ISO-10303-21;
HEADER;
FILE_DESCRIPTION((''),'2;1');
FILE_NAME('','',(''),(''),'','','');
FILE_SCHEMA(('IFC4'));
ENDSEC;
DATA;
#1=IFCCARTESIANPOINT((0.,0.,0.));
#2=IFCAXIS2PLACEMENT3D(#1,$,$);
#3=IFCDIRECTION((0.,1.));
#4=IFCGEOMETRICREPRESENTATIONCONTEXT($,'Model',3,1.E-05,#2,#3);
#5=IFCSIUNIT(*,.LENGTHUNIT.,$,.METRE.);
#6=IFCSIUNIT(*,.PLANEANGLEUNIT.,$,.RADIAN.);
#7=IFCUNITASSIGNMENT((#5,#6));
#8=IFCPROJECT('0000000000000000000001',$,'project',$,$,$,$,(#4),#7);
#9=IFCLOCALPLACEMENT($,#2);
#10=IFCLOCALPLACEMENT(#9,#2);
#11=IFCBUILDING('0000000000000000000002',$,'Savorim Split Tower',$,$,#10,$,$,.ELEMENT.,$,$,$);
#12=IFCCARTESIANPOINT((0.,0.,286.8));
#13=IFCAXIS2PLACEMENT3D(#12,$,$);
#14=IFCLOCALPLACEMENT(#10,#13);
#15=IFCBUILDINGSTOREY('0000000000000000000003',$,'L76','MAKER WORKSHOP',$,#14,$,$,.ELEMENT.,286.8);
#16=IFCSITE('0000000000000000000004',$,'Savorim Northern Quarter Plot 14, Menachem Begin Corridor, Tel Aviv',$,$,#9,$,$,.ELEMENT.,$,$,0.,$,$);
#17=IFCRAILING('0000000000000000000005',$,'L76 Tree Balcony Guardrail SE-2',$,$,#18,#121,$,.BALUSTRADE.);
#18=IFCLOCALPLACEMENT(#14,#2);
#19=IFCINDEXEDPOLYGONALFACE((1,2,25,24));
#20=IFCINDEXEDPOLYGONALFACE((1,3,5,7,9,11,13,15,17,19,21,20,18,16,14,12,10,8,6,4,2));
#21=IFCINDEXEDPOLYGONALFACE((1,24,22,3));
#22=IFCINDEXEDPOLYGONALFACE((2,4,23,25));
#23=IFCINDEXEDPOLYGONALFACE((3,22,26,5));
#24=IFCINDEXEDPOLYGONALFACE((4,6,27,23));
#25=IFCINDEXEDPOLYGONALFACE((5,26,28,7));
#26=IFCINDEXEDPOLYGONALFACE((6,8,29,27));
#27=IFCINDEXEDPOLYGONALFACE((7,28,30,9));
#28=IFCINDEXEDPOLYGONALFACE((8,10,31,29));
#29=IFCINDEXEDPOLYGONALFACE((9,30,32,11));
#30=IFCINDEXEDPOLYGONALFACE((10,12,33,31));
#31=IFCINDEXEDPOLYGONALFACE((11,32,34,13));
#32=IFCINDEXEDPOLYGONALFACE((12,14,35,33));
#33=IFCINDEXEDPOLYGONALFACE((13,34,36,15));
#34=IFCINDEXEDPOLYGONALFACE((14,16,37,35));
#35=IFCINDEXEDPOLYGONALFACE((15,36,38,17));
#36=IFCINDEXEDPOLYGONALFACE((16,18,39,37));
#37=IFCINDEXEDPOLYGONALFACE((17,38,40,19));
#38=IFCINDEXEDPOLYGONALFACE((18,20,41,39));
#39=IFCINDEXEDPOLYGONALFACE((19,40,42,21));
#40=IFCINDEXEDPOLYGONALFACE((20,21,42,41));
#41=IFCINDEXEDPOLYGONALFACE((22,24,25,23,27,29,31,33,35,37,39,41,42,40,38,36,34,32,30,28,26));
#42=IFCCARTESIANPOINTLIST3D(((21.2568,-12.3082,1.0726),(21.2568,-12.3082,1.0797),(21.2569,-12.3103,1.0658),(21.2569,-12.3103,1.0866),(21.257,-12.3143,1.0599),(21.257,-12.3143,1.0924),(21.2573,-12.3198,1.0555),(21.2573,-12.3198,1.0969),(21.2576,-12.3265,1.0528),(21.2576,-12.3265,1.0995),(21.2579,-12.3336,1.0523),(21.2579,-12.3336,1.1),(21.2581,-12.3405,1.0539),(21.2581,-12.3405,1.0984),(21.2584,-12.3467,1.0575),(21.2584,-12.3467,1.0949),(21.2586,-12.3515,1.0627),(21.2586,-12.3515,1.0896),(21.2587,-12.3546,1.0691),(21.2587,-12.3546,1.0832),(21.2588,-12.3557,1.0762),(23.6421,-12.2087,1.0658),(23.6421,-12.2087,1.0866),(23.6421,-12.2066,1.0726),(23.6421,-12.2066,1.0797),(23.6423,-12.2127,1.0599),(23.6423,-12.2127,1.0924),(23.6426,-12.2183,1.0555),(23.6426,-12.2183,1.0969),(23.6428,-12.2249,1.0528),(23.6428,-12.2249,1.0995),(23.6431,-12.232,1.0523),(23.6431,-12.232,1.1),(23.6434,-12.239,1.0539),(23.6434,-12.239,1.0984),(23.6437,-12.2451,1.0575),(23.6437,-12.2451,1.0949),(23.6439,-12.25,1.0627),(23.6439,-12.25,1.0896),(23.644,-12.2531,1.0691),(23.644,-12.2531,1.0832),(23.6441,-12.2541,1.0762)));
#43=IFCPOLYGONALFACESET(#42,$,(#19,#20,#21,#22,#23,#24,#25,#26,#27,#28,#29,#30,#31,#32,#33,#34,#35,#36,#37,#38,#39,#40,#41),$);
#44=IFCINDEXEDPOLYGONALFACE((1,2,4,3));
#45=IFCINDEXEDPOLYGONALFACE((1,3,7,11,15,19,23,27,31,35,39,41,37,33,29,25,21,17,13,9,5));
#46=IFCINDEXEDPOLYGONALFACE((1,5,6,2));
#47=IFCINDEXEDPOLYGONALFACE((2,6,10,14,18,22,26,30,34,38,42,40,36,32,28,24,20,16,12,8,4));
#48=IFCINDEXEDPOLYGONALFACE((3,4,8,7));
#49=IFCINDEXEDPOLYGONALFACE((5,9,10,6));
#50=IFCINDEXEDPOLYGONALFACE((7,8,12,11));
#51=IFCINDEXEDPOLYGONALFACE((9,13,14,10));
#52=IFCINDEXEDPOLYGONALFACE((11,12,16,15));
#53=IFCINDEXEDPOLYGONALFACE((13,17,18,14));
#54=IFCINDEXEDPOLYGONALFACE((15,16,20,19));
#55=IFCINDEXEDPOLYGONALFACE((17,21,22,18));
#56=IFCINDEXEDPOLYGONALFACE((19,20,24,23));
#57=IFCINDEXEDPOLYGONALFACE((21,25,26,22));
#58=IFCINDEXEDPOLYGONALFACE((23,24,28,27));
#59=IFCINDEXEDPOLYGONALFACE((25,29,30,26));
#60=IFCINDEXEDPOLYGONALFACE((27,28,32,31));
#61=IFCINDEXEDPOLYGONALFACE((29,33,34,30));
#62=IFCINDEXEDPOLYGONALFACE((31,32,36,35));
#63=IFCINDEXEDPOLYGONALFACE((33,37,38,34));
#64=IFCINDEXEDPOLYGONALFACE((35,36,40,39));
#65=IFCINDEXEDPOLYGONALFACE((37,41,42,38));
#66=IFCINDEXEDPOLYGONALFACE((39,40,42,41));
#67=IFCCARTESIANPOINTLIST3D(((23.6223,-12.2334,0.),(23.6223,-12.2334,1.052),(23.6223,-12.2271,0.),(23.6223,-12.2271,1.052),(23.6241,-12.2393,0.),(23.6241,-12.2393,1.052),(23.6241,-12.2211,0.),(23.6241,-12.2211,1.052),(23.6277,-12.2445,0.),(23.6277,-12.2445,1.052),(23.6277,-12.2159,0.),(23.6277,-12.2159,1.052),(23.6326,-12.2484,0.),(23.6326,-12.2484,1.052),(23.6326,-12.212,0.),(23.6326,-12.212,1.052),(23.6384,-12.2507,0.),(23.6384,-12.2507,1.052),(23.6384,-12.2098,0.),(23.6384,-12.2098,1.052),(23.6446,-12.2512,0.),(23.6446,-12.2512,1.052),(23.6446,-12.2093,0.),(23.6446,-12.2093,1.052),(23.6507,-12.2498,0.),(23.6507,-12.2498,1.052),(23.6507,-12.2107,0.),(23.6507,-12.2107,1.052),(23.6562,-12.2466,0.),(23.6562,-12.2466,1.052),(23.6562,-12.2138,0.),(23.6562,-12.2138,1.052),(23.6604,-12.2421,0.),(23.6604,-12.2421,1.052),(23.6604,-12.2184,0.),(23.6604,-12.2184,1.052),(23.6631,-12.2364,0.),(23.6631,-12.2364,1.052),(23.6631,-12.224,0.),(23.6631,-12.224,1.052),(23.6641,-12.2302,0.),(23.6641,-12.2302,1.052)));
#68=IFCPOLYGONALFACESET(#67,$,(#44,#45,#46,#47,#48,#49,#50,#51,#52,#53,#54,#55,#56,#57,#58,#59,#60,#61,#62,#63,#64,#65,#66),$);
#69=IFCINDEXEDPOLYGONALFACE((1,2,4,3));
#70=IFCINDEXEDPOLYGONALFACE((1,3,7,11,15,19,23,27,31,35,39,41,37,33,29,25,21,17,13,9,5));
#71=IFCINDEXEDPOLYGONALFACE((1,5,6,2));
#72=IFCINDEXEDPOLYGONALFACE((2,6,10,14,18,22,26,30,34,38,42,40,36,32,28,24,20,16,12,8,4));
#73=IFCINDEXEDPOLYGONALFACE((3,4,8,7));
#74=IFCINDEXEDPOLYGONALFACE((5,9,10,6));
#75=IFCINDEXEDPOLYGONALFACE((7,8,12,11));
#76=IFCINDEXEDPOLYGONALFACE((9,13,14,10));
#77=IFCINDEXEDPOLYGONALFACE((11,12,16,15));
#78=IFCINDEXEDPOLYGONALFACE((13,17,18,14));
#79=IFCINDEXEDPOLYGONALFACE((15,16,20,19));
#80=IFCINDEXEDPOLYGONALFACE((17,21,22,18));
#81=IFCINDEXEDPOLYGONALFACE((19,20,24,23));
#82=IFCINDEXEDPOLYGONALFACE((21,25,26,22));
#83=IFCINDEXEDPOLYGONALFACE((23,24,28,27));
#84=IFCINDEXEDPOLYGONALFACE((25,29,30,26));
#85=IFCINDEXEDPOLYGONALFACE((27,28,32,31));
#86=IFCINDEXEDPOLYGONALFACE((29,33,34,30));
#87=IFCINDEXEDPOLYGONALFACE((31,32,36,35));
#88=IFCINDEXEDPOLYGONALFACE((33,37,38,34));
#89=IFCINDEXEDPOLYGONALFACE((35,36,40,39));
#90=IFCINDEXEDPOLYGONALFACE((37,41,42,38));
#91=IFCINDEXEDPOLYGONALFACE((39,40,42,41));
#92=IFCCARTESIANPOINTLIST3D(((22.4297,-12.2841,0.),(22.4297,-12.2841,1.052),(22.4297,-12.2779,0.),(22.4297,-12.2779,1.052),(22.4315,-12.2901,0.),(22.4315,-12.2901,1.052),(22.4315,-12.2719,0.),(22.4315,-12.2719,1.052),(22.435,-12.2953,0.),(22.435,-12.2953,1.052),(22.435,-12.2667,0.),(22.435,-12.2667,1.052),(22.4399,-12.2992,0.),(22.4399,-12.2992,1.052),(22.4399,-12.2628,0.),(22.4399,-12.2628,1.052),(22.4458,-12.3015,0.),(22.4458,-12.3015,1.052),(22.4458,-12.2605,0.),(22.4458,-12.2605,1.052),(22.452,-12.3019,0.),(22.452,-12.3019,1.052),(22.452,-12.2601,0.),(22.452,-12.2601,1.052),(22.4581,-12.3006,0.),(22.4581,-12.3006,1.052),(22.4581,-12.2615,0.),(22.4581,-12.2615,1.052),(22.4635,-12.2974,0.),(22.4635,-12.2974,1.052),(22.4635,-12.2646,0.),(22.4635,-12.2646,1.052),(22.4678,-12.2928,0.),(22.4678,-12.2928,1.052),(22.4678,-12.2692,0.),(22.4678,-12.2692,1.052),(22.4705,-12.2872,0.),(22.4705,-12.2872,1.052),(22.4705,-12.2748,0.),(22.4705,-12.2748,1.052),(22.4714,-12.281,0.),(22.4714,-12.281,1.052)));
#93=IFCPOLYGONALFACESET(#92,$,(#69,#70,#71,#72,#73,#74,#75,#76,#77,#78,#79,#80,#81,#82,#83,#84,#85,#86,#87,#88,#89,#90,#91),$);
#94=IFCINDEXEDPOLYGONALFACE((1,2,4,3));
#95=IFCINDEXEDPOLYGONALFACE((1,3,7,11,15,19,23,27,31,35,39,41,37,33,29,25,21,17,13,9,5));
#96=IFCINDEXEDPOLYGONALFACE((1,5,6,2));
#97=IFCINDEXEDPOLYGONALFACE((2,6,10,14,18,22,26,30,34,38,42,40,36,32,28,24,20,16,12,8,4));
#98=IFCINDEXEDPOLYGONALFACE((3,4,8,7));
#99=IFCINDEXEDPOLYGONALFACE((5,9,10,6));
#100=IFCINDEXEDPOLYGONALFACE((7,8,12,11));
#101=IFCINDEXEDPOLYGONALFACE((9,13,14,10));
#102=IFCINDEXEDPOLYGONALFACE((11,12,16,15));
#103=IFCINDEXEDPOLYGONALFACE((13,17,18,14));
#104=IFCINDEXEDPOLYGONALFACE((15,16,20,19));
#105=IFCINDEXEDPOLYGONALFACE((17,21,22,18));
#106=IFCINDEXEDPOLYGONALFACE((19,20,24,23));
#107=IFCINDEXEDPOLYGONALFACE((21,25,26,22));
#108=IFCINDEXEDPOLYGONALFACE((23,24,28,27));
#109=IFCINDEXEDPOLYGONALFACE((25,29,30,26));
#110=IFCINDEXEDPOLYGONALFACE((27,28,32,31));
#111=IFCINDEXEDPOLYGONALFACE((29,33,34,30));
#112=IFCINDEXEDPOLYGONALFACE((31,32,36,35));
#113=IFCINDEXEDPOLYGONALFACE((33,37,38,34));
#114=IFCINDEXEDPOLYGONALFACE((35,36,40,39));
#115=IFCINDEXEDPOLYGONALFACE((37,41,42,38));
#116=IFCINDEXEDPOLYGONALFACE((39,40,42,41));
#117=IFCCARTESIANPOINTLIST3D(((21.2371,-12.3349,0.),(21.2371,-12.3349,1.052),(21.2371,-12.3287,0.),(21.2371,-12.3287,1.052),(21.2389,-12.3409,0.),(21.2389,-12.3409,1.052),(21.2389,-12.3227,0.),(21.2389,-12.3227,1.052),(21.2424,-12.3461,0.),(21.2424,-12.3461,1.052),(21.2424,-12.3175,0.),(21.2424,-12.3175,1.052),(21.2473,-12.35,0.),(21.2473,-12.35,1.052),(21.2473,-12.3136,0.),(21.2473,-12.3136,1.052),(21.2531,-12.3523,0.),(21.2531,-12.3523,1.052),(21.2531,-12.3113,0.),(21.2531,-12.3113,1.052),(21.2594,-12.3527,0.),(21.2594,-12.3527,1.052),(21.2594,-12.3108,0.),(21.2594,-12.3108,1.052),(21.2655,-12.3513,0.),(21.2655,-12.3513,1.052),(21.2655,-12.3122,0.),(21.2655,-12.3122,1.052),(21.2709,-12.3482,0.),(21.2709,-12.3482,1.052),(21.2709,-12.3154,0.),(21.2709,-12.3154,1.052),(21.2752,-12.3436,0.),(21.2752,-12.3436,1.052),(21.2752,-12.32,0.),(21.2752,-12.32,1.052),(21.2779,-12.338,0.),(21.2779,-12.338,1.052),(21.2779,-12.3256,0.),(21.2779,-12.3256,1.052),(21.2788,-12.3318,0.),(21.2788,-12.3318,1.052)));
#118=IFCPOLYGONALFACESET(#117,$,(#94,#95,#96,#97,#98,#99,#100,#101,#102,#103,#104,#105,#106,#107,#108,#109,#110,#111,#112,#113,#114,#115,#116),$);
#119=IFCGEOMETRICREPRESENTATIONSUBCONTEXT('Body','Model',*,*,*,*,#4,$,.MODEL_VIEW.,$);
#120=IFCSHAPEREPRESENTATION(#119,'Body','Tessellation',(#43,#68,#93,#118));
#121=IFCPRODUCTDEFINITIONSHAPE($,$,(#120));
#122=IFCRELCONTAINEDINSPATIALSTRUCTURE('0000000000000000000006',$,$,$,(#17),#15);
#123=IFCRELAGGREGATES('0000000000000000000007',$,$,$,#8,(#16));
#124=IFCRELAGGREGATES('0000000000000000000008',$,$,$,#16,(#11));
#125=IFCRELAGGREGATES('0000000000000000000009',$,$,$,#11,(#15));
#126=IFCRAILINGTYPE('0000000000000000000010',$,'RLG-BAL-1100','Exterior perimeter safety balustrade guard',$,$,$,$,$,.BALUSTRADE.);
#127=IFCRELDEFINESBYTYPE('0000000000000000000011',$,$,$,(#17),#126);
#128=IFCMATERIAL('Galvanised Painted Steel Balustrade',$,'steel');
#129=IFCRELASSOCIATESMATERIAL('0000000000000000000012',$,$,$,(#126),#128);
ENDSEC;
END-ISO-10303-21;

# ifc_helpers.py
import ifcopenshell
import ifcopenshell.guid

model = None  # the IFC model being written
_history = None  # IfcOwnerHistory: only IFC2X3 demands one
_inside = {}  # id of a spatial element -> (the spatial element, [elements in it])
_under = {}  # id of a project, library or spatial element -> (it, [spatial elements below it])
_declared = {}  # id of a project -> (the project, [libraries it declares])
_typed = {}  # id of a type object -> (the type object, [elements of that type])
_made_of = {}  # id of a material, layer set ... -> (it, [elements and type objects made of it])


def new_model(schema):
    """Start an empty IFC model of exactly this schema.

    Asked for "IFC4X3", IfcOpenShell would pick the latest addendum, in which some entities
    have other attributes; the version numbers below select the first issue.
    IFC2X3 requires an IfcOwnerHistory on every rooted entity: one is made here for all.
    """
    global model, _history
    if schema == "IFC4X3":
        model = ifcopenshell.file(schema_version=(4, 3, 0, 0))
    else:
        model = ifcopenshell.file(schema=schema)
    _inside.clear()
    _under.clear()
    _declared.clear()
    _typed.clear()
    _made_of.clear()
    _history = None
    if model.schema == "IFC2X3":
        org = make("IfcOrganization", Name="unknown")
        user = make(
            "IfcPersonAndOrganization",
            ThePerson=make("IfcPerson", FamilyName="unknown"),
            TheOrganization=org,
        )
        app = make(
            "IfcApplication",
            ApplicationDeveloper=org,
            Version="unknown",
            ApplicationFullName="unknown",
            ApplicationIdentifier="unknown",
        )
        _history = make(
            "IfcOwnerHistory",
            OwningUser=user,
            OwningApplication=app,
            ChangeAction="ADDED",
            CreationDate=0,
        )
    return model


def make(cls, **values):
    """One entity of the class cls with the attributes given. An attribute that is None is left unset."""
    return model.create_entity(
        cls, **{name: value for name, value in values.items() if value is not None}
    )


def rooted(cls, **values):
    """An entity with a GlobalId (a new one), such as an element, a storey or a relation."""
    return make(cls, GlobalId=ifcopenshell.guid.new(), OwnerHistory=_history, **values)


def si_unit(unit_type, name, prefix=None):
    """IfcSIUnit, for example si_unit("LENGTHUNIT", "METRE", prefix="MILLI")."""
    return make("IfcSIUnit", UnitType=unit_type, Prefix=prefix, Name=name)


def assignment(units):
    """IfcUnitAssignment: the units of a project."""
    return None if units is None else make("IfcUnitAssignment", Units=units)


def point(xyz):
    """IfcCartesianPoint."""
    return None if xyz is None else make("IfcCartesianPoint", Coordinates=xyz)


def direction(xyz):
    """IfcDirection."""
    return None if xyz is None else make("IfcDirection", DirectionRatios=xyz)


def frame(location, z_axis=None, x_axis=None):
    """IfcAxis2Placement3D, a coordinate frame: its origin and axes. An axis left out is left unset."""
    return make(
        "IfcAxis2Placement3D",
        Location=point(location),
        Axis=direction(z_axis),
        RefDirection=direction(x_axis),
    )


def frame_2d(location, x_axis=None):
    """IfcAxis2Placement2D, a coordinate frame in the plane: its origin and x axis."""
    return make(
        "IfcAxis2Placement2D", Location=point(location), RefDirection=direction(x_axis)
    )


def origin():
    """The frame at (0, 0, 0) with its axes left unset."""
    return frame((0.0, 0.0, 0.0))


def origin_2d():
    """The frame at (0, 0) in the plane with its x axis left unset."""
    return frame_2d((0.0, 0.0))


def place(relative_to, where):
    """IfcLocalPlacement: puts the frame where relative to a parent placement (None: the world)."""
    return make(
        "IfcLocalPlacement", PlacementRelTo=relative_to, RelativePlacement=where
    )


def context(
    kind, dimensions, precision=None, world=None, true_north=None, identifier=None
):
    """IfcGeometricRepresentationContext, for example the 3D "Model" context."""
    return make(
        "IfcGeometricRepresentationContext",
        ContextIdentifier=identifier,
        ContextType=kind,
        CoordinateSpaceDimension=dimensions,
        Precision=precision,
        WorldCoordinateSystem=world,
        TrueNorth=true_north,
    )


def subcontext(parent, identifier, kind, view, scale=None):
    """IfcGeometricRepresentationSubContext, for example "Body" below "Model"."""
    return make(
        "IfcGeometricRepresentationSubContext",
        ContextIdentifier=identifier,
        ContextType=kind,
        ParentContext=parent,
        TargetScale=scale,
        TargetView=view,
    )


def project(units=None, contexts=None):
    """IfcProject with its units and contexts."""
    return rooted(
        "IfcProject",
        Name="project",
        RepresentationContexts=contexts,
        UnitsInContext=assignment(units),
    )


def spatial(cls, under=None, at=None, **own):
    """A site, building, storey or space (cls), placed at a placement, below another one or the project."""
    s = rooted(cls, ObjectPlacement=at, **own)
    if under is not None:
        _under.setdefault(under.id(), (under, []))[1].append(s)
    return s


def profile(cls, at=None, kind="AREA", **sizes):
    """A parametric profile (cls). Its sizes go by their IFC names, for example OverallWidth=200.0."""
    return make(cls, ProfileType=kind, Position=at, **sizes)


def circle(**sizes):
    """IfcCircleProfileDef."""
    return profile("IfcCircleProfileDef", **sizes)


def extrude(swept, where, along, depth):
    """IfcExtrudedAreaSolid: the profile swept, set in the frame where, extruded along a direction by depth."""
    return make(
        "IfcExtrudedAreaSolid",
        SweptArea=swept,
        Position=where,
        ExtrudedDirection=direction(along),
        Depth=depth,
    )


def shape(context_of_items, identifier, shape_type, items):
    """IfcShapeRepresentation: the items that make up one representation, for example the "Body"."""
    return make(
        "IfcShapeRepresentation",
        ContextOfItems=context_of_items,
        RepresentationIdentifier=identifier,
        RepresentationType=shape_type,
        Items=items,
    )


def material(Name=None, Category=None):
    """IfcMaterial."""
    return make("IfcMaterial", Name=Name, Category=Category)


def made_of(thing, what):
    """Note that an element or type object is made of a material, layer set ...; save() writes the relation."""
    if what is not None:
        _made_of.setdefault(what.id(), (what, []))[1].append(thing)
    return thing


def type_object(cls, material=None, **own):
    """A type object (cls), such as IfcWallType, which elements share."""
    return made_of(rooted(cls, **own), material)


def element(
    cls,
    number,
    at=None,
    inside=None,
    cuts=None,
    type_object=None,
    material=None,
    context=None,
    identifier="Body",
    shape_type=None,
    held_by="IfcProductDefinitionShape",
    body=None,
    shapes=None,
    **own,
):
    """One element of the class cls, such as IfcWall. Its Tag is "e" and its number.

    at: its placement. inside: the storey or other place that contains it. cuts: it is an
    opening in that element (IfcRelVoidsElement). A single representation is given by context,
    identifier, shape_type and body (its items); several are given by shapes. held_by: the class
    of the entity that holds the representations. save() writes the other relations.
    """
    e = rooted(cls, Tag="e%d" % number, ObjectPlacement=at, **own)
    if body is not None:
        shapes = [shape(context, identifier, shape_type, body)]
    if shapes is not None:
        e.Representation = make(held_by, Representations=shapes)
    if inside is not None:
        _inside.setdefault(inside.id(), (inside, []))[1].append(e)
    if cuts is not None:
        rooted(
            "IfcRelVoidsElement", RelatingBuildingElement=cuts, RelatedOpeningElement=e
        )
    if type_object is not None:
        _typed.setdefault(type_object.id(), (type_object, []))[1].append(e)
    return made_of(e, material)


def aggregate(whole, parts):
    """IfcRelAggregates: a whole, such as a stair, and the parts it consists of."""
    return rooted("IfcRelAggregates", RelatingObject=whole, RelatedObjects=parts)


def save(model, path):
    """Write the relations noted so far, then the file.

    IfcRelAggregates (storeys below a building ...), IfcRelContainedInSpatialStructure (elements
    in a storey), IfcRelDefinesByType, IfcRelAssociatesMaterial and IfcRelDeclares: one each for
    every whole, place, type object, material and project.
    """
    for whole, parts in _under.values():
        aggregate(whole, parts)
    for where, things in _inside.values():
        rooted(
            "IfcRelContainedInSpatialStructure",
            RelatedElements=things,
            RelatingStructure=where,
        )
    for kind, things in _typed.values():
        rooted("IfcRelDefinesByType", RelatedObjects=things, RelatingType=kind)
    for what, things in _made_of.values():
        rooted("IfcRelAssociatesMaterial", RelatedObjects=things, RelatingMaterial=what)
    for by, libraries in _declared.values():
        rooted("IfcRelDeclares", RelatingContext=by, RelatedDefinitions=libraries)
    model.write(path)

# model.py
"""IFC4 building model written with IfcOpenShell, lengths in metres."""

from ifc_helpers import new_model, si_unit, direction, frame, origin, origin_2d, place, context, subcontext, project, spatial, circle, extrude, material, type_object, element, save


model = new_model("IFC4")

# Units and contexts
model_context = context("Model", 3, precision=1e-05, world=origin(), true_north=direction((0.0, 1.0)))
body_context = subcontext(model_context, "Body", "Model", "MODEL_VIEW")
ifc_project = project(units=[si_unit("LENGTHUNIT", "METRE"), si_unit("PLANEANGLEUNIT", "RADIAN")], contexts=[model_context])

# Site, building, storey
site_placement = place(None, origin())
site = spatial("IfcSite", under=ifc_project, at=site_placement, Name="Savorim Northern Quarter Plot 14, Menachem Begin Corridor, Tel Aviv", CompositionType="ELEMENT", RefElevation=0.0)
building_placement = place(site_placement, origin())
building = spatial("IfcBuilding", under=site, at=building_placement, Name="Savorim Split Tower", CompositionType="ELEMENT")
storey_placement = place(building_placement, frame((0.0, 0.0, 286.8)))
storey = spatial("IfcBuildingStorey", under=building, at=storey_placement, Name="L76", Description="MAKER WORKSHOP", CompositionType="ELEMENT", Elevation=286.8)

# Railing
ifc_material_1 = material(Name="Galvanised Painted Steel Balustrade", Category="steel")
railing_type = type_object("IfcRailingType", Name="RLG-BAL-1100", Description="Exterior perimeter safety balustrade guard", PredefinedType="BALUSTRADE", material=ifc_material_1)
railing_1_placement = place(storey_placement, frame((23.6431, -12.2302, 0.0)))
element("IfcRailing", 1, at=railing_1_placement, inside=storey, type_object=railing_type, Name="L76 Tree Balcony Guardrail SE-2", PredefinedType="BALUSTRADE", context=body_context, shape_type="SweptSolid", body=[
    extrude(circle(Radius=0.0239, at=origin_2d()), frame((0.0, 0.0, 1.0762), z_axis=(-0.999095, -0.042541, 0.0), x_axis=(0.042541, -0.999095, 0.0)), (0.0, 0.0, 1.0), 2.3875),
    extrude(circle(Radius=0.021, at=origin_2d()), origin(), (0.0, 0.0, 1.0), 1.052),
    extrude(circle(Radius=0.021, at=origin_2d()), frame((-1.1926, -0.0508, 0.0)), (0.0, 0.0, 1.0), 1.052),
    extrude(circle(Radius=0.021, at=origin_2d()), frame((-2.3853, -0.1016, 0.0)), (0.0, 0.0, 1.0), 1.052),
])

save(model, "model.ifc")
